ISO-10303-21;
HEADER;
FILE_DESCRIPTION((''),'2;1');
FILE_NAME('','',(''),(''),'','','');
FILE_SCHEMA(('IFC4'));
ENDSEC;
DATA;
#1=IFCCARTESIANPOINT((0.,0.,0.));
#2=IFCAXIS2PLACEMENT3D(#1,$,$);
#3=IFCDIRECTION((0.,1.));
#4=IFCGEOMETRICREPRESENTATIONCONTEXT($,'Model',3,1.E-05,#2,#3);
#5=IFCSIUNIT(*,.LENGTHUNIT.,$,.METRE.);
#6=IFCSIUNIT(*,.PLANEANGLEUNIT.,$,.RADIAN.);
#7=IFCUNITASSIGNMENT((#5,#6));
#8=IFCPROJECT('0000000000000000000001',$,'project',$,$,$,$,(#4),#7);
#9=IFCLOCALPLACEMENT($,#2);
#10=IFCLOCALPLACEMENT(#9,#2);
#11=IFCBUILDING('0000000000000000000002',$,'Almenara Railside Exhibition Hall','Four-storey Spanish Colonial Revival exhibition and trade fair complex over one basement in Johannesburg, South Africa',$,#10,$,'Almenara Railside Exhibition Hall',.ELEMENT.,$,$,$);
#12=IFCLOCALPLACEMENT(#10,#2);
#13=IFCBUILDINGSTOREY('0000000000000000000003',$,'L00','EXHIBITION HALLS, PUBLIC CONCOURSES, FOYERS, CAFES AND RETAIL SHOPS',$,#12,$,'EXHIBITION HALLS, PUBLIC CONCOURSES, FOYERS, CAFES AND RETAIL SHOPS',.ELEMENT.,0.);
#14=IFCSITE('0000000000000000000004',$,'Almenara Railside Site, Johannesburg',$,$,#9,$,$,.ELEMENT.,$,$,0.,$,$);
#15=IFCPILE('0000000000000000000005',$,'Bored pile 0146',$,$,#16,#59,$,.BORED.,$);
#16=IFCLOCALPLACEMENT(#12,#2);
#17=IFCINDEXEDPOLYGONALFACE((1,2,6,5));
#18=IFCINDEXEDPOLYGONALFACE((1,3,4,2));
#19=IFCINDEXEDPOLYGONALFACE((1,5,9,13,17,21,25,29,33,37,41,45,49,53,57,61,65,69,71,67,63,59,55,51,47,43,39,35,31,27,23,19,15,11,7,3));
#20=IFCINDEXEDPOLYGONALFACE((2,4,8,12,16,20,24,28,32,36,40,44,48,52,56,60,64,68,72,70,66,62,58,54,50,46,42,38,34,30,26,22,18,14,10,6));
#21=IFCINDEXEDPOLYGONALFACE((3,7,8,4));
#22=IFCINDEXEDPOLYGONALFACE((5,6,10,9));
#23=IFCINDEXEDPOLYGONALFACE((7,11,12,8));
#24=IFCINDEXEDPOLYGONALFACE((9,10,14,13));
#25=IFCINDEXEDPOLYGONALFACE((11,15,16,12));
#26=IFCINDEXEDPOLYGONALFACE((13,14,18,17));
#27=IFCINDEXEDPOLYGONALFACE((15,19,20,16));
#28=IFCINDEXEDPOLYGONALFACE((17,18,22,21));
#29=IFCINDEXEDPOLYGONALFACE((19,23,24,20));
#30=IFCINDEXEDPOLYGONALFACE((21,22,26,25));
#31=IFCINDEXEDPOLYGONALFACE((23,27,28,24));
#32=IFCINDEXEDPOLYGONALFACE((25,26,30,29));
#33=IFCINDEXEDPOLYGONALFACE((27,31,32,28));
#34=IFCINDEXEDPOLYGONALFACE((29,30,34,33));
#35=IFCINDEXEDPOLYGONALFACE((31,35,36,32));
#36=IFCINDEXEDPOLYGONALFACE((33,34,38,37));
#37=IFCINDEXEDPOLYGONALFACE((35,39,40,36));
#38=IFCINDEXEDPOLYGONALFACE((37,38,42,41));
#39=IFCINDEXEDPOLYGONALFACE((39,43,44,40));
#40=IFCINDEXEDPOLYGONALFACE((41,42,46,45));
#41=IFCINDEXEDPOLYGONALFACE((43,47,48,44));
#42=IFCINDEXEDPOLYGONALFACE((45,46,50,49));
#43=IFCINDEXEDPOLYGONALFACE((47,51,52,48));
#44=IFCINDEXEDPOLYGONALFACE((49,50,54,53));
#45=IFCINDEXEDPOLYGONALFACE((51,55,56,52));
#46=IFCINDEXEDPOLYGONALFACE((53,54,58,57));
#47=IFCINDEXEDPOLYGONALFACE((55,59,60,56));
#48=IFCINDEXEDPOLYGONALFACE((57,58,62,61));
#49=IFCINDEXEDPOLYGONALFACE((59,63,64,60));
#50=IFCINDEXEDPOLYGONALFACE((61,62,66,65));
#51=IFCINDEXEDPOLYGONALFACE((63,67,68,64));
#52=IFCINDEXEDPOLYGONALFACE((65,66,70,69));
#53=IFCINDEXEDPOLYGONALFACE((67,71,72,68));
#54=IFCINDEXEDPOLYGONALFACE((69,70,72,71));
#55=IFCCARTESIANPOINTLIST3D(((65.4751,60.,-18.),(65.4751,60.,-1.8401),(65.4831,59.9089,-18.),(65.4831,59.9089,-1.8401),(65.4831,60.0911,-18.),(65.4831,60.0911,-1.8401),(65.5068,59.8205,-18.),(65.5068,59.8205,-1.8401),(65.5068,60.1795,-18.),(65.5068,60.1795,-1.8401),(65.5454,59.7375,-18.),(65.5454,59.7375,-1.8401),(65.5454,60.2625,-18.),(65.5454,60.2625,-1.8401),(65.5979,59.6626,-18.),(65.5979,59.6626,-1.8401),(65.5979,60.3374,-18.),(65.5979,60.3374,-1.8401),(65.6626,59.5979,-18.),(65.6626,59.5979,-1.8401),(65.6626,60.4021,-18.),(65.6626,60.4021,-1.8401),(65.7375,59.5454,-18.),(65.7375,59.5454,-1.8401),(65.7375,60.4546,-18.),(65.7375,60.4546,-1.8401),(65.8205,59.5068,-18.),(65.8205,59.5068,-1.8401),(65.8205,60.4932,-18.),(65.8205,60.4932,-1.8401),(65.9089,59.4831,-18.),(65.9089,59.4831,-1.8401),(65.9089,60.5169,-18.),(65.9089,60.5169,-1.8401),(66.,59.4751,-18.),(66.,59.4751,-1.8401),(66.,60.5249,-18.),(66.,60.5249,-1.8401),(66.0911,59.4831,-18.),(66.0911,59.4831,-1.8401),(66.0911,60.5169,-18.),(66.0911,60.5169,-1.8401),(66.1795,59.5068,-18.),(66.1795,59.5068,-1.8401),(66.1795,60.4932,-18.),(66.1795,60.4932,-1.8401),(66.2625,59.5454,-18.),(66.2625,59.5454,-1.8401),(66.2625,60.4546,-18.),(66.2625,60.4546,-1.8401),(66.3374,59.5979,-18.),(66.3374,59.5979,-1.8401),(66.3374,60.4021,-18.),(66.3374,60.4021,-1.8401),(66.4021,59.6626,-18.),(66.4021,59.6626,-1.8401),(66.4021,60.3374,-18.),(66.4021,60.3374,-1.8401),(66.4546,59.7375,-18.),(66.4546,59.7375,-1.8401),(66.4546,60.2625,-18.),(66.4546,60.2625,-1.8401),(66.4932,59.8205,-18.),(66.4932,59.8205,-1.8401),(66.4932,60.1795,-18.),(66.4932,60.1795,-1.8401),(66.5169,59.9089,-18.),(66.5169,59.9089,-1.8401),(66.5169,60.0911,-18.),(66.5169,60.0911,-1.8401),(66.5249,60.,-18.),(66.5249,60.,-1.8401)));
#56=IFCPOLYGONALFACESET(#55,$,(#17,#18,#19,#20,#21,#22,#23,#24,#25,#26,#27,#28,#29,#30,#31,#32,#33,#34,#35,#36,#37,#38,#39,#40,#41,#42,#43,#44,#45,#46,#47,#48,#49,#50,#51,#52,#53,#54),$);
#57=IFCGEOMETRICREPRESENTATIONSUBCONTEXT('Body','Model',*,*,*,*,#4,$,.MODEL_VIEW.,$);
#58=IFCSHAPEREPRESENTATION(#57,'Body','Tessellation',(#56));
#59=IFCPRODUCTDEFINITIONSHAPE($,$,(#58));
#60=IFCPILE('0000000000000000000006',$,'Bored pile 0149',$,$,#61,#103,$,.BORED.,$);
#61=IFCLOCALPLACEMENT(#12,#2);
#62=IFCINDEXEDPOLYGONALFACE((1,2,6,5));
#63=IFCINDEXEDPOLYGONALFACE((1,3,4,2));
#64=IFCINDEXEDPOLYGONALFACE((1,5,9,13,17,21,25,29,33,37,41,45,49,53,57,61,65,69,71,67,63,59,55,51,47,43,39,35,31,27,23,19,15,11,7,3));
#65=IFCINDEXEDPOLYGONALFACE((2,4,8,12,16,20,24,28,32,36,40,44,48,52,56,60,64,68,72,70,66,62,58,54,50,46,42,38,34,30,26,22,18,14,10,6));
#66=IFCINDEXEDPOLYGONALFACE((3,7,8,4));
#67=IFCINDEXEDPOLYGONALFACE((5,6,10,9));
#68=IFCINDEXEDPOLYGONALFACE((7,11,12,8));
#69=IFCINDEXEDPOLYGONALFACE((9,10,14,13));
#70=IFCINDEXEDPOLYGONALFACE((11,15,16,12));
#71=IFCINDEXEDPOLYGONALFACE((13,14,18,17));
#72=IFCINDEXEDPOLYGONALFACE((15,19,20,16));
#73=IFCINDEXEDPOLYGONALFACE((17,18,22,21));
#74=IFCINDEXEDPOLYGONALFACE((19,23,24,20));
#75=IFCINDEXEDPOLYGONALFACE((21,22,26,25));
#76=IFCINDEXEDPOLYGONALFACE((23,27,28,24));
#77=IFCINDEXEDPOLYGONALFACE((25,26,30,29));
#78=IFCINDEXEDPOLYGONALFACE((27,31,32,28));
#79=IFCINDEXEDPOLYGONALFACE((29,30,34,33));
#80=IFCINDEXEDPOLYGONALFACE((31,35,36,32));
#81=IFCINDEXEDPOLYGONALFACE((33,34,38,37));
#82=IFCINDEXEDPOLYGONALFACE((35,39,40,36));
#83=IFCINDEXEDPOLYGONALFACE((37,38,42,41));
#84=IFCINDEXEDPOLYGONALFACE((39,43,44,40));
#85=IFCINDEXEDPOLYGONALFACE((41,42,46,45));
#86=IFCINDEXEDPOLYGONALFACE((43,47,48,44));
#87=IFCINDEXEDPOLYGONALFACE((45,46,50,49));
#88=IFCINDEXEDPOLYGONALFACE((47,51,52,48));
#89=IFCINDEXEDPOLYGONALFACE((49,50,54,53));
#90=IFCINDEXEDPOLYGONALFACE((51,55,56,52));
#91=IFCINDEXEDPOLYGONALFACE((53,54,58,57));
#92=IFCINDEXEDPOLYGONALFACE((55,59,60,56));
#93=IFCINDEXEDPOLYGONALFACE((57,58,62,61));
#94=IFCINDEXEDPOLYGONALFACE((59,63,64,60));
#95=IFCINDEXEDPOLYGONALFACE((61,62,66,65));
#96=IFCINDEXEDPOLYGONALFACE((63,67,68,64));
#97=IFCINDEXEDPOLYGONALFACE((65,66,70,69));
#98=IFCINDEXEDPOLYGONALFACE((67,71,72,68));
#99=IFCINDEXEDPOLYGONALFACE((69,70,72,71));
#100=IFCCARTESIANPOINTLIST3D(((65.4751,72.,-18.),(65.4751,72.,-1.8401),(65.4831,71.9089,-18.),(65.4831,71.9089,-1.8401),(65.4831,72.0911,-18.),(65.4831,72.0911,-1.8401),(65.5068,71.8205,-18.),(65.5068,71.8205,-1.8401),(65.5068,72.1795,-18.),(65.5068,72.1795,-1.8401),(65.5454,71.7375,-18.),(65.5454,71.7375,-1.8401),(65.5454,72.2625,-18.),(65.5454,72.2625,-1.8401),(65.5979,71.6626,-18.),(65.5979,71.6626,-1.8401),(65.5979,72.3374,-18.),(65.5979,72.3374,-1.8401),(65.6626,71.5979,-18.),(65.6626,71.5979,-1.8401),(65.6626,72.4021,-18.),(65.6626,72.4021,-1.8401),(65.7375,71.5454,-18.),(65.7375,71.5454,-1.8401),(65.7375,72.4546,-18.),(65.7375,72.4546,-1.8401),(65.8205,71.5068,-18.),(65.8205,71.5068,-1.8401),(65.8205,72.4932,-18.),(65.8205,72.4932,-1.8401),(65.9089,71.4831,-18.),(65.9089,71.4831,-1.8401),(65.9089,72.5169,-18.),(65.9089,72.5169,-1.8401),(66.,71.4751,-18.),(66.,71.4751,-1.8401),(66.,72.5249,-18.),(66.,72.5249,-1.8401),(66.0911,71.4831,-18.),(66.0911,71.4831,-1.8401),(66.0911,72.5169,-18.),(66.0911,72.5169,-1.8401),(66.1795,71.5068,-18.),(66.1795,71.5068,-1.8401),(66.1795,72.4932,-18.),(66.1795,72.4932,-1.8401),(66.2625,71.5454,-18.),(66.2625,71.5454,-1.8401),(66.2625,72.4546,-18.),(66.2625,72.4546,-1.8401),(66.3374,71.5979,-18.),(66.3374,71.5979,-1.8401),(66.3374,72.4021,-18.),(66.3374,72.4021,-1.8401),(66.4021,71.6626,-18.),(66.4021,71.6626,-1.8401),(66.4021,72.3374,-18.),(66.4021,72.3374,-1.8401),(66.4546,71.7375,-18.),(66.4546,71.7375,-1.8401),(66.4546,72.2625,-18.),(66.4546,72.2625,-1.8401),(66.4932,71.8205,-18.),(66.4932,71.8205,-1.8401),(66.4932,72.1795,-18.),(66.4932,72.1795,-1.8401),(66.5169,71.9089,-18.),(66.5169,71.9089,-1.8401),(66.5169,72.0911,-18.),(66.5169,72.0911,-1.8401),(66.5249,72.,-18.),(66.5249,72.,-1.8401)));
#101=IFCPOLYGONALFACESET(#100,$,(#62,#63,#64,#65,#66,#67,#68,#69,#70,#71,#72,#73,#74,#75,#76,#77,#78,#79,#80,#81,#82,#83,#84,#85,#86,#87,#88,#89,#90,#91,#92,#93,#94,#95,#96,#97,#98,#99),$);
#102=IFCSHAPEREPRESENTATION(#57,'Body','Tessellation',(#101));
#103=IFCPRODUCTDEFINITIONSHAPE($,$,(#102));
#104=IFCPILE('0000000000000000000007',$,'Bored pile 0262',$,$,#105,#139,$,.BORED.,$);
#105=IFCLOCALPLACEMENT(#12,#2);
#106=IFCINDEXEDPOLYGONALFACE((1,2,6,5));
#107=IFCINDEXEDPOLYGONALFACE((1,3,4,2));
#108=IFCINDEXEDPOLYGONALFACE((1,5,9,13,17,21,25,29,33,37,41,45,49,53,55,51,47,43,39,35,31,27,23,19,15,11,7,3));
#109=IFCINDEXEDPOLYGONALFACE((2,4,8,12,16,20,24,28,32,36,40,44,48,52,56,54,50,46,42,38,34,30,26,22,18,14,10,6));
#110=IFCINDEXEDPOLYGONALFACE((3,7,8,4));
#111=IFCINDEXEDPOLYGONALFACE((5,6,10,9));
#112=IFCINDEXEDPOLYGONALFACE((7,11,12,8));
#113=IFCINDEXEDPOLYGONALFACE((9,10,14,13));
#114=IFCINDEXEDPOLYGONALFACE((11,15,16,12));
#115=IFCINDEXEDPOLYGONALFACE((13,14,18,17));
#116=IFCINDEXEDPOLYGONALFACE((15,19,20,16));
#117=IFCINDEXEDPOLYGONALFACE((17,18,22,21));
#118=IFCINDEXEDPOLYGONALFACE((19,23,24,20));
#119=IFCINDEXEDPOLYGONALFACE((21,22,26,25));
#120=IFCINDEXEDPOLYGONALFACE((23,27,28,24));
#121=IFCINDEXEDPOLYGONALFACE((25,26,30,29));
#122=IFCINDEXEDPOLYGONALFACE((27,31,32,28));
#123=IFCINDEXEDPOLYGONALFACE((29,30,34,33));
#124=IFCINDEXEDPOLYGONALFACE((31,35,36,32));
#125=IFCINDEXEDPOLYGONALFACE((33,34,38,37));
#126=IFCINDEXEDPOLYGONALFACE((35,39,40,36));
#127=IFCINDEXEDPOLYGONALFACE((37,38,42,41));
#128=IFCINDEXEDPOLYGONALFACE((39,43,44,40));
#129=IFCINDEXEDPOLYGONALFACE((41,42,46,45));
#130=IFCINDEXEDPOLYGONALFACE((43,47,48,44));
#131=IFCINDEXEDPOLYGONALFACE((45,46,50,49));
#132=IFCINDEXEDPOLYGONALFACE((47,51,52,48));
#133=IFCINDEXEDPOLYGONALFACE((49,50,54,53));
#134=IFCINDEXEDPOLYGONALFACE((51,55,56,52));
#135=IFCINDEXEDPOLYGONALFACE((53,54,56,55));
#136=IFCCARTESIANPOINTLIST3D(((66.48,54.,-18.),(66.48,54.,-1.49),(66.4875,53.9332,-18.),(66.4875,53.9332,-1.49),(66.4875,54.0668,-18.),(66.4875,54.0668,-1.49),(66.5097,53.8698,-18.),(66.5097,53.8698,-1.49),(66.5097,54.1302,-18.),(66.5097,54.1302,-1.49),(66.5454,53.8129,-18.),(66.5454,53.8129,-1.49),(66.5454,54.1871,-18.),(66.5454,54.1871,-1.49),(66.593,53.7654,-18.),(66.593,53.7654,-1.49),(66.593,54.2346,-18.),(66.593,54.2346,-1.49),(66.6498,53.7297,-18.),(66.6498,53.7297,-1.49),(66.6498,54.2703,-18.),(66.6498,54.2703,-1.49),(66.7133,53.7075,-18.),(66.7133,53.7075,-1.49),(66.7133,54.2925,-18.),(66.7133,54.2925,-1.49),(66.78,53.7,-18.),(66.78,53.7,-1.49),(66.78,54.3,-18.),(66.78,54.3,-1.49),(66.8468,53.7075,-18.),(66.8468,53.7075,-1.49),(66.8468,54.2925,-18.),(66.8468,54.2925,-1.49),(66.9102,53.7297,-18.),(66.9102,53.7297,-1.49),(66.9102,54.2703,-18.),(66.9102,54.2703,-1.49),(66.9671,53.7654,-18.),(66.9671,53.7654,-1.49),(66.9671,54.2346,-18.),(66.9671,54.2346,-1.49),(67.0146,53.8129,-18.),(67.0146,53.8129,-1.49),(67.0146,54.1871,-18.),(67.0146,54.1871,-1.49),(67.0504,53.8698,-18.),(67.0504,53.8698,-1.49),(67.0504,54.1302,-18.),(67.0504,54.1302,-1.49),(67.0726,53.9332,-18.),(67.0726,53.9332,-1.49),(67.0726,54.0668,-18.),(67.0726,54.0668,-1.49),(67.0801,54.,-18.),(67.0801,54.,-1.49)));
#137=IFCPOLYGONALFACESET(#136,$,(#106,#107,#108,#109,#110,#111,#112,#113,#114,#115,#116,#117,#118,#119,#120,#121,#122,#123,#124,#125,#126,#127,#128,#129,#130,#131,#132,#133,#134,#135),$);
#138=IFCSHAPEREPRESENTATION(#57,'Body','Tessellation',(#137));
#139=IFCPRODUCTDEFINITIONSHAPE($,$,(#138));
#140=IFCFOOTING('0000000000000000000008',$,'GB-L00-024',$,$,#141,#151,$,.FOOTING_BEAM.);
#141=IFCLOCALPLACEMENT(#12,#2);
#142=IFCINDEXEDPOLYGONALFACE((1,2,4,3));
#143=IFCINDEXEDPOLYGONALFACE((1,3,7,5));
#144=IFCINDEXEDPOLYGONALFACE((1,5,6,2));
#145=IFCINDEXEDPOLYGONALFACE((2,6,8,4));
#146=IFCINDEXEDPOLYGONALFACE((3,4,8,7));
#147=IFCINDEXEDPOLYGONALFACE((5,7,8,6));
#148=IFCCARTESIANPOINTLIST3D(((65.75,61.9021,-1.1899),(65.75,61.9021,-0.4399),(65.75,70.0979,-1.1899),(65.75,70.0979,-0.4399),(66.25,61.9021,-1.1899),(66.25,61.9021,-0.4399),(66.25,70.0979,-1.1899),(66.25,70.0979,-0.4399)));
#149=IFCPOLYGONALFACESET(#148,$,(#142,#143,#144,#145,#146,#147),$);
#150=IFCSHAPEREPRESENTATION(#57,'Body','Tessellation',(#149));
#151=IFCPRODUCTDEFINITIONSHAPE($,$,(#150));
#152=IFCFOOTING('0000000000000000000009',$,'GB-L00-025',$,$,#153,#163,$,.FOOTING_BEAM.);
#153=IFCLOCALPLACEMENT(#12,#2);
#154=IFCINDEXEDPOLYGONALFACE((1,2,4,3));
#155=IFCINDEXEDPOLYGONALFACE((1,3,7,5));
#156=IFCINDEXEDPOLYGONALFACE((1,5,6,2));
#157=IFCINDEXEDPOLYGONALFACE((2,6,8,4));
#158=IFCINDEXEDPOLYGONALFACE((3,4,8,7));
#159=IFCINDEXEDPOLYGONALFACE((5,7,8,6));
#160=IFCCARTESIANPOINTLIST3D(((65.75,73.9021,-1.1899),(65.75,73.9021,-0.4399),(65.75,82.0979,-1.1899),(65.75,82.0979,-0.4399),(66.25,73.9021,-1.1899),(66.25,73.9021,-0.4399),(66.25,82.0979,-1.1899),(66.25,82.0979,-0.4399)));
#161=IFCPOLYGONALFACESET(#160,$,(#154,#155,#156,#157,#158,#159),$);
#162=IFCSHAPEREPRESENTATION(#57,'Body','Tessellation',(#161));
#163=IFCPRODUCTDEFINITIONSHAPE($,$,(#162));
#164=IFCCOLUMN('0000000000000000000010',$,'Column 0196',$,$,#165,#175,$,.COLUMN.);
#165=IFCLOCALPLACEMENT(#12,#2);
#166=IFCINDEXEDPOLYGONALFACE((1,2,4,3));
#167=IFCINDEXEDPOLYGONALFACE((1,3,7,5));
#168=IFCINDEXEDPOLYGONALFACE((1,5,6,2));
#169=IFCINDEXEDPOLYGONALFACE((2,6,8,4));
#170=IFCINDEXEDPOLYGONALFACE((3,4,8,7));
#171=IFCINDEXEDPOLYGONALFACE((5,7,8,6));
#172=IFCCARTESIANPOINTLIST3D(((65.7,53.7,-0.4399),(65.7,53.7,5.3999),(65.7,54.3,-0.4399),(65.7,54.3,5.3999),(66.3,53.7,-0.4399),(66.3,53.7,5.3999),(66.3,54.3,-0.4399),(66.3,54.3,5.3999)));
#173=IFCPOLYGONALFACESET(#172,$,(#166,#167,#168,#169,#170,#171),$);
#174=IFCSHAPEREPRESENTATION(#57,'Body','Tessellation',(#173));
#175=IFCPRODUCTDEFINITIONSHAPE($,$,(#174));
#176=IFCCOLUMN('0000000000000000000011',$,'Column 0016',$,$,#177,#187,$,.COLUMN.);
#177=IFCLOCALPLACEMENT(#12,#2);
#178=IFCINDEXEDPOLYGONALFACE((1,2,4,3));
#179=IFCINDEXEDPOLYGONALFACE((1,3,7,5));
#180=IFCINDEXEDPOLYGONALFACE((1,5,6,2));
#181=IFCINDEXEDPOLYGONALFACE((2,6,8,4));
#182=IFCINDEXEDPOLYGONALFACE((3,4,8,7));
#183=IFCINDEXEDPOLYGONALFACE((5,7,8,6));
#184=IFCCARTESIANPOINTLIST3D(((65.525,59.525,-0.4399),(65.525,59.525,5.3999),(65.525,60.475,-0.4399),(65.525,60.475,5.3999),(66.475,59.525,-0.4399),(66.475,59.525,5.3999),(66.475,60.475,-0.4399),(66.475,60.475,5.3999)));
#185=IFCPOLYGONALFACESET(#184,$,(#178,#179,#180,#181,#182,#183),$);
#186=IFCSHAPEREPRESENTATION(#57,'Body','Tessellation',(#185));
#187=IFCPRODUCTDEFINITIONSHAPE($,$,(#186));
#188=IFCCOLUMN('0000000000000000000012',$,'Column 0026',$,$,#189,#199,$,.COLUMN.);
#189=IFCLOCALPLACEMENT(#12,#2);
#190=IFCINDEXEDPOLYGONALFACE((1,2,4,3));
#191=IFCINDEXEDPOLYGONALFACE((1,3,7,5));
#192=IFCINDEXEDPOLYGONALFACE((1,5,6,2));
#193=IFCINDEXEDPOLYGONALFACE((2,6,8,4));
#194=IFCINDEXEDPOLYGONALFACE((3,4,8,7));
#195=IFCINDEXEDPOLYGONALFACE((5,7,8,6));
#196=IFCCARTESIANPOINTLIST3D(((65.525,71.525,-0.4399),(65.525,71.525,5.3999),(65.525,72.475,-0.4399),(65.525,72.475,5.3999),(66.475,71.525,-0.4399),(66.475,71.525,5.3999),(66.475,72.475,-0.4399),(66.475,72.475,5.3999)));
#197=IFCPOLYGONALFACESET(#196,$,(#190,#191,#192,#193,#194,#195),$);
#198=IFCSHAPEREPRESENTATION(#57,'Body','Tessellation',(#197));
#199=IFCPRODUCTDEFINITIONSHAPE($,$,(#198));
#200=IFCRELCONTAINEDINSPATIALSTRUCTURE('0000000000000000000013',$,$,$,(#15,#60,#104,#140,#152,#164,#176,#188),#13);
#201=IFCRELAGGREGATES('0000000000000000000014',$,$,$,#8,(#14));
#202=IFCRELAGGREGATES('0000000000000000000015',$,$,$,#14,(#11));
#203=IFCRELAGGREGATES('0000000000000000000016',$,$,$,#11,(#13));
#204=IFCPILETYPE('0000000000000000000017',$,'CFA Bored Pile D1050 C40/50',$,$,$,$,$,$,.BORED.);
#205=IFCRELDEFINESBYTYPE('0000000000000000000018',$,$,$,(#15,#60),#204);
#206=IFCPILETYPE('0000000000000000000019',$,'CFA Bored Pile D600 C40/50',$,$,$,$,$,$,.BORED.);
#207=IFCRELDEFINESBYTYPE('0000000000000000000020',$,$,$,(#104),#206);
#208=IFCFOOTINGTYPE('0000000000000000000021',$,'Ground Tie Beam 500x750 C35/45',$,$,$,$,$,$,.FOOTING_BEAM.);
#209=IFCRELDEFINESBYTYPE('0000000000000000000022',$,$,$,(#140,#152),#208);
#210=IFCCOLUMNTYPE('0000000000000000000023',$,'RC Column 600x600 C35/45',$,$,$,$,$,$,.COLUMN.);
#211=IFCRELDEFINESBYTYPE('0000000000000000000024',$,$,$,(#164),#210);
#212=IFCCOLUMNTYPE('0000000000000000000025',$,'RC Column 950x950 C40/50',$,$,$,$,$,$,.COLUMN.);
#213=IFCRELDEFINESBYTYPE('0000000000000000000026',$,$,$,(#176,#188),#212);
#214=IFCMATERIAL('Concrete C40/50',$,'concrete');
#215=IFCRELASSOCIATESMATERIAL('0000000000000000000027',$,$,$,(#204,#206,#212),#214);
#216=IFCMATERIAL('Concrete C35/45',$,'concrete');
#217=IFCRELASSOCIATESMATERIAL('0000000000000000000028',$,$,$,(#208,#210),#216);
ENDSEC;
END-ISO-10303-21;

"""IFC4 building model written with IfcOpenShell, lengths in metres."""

from ifc_helpers import new_model, si_unit, direction, frame, origin, origin_2d, place, context, subcontext, project, spatial, rectangle, circle, extrude, material, material_profile, profile_set, type_object, element, save


model = new_model("IFC4")

# Units and contexts
model_context = context("Model", 3, precision=1e-05, world=origin(), true_north=direction((0.0, 1.0)))
body_context = subcontext(model_context, "Body", "Model", "MODEL_VIEW")
ifc_project = project(units=[si_unit("LENGTHUNIT", "METRE"), si_unit("PLANEANGLEUNIT", "RADIAN")], contexts=[model_context])

# Site, building, storey
site_placement = place(None, origin())
site = spatial("IfcSite", under=ifc_project, at=site_placement, Name="Almenara Railside Site, Johannesburg", CompositionType="ELEMENT", RefElevation=0.0)
building_placement = place(site_placement, origin())
building = spatial("IfcBuilding", under=site, at=building_placement, Name="Almenara Railside Exhibition Hall", Description="Four-storey Spanish Colonial Revival exhibition and trade fair complex over one basement in Johannesburg, South Africa", LongName="Almenara Railside Exhibition Hall", CompositionType="ELEMENT")
storey_placement = place(building_placement, origin())
storey = spatial("IfcBuildingStorey", under=building, at=storey_placement, Name="L00", Description="EXHIBITION HALLS, PUBLIC CONCOURSES, FOYERS, CAFES AND RETAIL SHOPS", LongName="EXHIBITION HALLS, PUBLIC CONCOURSES, FOYERS, CAFES AND RETAIL SHOPS", CompositionType="ELEMENT", Elevation=0.0)

# Piles
ifc_material_1 = material(Name="Concrete C40/50", Category="concrete")
ifc_material_profile_1 = material_profile(ifc_material_1, circle(Radius=0.5249, at=origin_2d()), Name="CFA-PILE D1050")
ifc_profile_set_1 = profile_set([ifc_material_profile_1], Name="Concrete C40/50")
pile_type_1 = type_object("IfcPileType", Name="CFA Bored Pile D1050 C40/50", PredefinedType="BORED", material=ifc_profile_set_1)
for number, where, z_axis, x_axis, name in (
    (1, (66.0, 60.0, -1.8401), (0.0, 0.0, -1.0), (1.0, 0.0, 0.0), "Bored pile 0146"),
    (2, (66.0, 72.0, -1.8401), (0.0, 0.0, -1.0), (1.0, 0.0, 0.0), "Bored pile 0149"),
):
    element("IfcPile", number, at=place(storey_placement, frame(where, z_axis=z_axis, x_axis=x_axis)), inside=storey, type_object=pile_type_1, Name=name, PredefinedType="BORED", context=body_context, shape_type="SweptSolid", body=[
        extrude(circle(Radius=0.5249, at=origin_2d()), origin(), (0.0, 0.0, 1.0), 16.1599),
    ])
ifc_material_profile_2 = material_profile(ifc_material_1, circle(Radius=0.3, at=origin_2d()), Name="CFA-PILE D600")
ifc_profile_set_2 = profile_set([ifc_material_profile_2], Name="Concrete C40/50")
pile_type_2 = type_object("IfcPileType", Name="CFA Bored Pile D600 C40/50", PredefinedType="BORED", material=ifc_profile_set_2)
pile_placement = place(storey_placement, frame((66.78, 54.0, -1.49), z_axis=(0.0, 0.0, -1.0), x_axis=(1.0, 0.0, 0.0)))
element("IfcPile", 3, at=pile_placement, inside=storey, type_object=pile_type_2, Name="Bored pile 0262", PredefinedType="BORED", context=body_context, shape_type="SweptSolid", body=[
    extrude(circle(Radius=0.3, at=origin_2d()), origin(), (0.0, 0.0, 1.0), 16.51),
])

# Footings
ifc_material_2 = material(Name="Concrete C35/45", Category="concrete")
ifc_material_profile_3 = material_profile(ifc_material_2, rectangle(XDim=0.5, YDim=0.75, at=origin_2d()), Name="RC-GB 500x750")
ifc_profile_set_3 = profile_set([ifc_material_profile_3], Name="Concrete C35/45")
footing_type = type_object("IfcFootingType", Name="Ground Tie Beam 500x750 C35/45", PredefinedType="FOOTING_BEAM", material=ifc_profile_set_3)
for number, where, z_axis, x_axis, name in (
    (4, (66.0, 61.9021, -0.8149), (0.0, 1.0, 0.0), (-1.0, 0.0, 0.0), "GB-L00-024"),
    (5, (66.0, 73.9021, -0.8149), (0.0, 1.0, 0.0), (-1.0, 0.0, 0.0), "GB-L00-025"),
):
    element("IfcFooting", number, at=place(storey_placement, frame(where, z_axis=z_axis, x_axis=x_axis)), inside=storey, type_object=footing_type, Name=name, PredefinedType="FOOTING_BEAM", context=body_context, shape_type="SweptSolid", body=[
        extrude(rectangle(XDim=0.5, YDim=0.75, at=origin_2d()), origin(), (0.0, 0.0, 1.0), 8.1958),
    ])

# Columns
ifc_material_profile_4 = material_profile(ifc_material_2, rectangle(XDim=0.6001, YDim=0.6001, at=origin_2d()), Name="RC 600x600")
ifc_profile_set_4 = profile_set([ifc_material_profile_4], Name="Concrete C35/45")
column_type_1 = type_object("IfcColumnType", Name="RC Column 600x600 C35/45", PredefinedType="COLUMN", material=ifc_profile_set_4)
column_placement = place(storey_placement, frame((66.0, 54.0, -0.4399), z_axis=(0.0, 0.0, 1.0), x_axis=(1.0, 0.0, 0.0)))
element("IfcColumn", 6, at=column_placement, inside=storey, type_object=column_type_1, Name="Column 0196", PredefinedType="COLUMN", context=body_context, shape_type="SweptSolid", body=[
    extrude(rectangle(XDim=0.6001, YDim=0.6001, at=origin_2d()), origin(), (0.0, 0.0, 1.0), 5.8398),
])
ifc_material_profile_5 = material_profile(ifc_material_1, rectangle(XDim=0.95, YDim=0.95, at=origin_2d()), Name="RC 950x950")
ifc_profile_set_5 = profile_set([ifc_material_profile_5], Name="Concrete C40/50")
column_type_2 = type_object("IfcColumnType", Name="RC Column 950x950 C40/50", PredefinedType="COLUMN", material=ifc_profile_set_5)
for number, where, z_axis, x_axis, name in (
    (7, (66.0, 60.0, -0.4399), (0.0, 0.0, 1.0), (1.0, 0.0, 0.0), "Column 0016"),
    (8, (66.0, 72.0, -0.4399), (0.0, 0.0, 1.0), (1.0, 0.0, 0.0), "Column 0026"),
):
    element("IfcColumn", number, at=place(storey_placement, frame(where, z_axis=z_axis, x_axis=x_axis)), inside=storey, type_object=column_type_2, Name=name, PredefinedType="COLUMN", context=body_context, shape_type="SweptSolid", body=[
        extrude(rectangle(XDim=0.95, YDim=0.95, at=origin_2d()), origin(), (0.0, 0.0, 1.0), 5.8398),
    ])

save(model, "model.ifc")
